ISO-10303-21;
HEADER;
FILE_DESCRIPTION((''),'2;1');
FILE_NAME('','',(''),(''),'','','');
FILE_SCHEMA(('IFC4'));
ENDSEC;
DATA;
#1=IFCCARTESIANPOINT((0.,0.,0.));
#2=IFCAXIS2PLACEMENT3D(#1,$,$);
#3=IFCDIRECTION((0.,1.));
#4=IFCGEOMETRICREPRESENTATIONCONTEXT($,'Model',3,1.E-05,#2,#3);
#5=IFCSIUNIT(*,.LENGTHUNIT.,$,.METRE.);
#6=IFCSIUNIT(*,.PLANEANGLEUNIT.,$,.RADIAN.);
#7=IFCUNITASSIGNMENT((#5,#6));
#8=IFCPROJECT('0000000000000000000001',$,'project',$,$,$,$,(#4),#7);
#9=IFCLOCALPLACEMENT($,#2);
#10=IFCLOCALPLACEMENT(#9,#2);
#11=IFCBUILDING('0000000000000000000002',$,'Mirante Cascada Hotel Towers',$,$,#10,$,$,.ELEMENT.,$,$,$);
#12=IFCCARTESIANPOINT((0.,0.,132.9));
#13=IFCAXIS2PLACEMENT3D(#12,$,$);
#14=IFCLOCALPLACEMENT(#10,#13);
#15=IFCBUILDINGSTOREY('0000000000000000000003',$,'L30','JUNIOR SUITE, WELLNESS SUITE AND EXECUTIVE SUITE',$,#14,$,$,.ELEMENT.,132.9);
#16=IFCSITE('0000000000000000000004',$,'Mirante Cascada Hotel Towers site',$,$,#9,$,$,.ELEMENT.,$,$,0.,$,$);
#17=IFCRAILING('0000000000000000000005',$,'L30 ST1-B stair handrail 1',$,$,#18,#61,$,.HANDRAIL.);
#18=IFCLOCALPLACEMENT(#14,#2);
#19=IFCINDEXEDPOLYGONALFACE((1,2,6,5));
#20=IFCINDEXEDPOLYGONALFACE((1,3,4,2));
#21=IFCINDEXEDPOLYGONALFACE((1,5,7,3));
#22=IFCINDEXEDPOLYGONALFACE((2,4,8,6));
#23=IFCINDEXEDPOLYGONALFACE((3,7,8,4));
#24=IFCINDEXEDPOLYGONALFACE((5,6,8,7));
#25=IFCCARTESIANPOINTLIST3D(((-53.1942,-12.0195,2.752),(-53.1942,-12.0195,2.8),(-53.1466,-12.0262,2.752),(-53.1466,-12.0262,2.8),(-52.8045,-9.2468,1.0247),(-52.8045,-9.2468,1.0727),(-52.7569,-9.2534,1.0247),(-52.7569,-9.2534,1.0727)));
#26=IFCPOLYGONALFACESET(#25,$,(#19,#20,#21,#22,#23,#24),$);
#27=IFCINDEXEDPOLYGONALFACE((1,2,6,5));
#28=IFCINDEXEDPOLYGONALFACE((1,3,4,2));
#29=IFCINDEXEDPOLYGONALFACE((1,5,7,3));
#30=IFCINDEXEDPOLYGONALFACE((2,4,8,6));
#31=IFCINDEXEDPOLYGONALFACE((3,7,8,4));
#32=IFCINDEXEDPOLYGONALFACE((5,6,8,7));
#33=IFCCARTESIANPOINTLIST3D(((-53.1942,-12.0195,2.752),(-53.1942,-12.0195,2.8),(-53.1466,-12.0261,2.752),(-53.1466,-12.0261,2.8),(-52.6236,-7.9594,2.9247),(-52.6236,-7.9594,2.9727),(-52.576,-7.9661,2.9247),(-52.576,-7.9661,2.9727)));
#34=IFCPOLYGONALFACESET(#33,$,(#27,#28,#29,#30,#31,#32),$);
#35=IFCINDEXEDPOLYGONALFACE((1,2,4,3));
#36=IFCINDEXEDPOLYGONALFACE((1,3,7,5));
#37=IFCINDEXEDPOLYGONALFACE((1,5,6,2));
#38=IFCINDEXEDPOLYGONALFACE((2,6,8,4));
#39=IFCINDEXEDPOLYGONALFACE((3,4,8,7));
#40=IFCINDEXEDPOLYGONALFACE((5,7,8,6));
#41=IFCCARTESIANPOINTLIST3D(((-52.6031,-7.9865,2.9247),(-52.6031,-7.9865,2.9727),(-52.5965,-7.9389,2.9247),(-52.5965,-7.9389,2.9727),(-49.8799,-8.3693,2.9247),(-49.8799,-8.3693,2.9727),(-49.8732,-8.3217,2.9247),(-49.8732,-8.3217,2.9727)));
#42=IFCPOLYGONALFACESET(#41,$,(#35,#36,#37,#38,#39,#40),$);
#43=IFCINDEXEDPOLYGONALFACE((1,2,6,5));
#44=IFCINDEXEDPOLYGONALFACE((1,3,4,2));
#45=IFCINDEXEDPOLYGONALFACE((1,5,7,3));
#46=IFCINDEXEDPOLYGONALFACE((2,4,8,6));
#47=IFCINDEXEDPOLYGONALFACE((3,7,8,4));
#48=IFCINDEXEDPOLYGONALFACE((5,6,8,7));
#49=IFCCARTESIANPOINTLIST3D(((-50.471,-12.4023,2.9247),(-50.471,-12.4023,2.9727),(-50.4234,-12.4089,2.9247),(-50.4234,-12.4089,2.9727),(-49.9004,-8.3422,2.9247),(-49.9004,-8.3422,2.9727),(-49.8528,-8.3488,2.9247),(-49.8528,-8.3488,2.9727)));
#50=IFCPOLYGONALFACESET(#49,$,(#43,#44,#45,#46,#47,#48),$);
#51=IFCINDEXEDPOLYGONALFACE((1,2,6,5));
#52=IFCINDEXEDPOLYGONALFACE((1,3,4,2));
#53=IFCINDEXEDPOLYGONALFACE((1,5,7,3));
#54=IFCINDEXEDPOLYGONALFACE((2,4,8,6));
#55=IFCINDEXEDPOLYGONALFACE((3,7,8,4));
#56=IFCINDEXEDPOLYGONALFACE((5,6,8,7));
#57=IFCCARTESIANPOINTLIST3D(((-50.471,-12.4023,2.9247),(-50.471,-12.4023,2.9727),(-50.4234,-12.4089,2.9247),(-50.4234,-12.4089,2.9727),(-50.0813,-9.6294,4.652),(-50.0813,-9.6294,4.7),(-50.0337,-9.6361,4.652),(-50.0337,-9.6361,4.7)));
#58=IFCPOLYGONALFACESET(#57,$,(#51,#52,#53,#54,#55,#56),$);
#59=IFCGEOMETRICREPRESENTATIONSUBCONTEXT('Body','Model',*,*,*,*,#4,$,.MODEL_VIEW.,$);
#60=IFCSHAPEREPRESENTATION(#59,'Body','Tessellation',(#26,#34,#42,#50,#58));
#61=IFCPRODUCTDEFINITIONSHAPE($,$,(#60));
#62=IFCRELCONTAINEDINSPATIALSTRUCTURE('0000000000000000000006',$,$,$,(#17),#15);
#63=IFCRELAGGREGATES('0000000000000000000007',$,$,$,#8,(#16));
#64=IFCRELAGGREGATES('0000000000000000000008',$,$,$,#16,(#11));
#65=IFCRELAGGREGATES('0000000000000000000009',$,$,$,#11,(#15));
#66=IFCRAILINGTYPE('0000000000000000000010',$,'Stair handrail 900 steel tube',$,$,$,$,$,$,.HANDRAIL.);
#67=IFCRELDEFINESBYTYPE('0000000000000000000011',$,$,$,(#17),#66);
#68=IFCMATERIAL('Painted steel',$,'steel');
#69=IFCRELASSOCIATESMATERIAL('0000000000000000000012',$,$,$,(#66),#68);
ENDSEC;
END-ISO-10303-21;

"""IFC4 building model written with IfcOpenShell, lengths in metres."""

from ifc_helpers import new_model, si_unit, direction, frame, origin, origin_2d, place, context, subcontext, project, spatial, rectangle, extrude, material, type_object, element, save


model = new_model("IFC4")

# Units and contexts
model_context = context("Model", 3, precision=1e-05, world=origin(), true_north=direction((0.0, 1.0)))
body_context = subcontext(model_context, "Body", "Model", "MODEL_VIEW")
ifc_project = project(units=[si_unit("LENGTHUNIT", "METRE"), si_unit("PLANEANGLEUNIT", "RADIAN")], contexts=[model_context])

# Site, building, storey
site_placement = place(None, origin())
site = spatial("IfcSite", under=ifc_project, at=site_placement, Name="Mirante Cascada Hotel Towers site", CompositionType="ELEMENT", RefElevation=0.0)
building_placement = place(site_placement, origin())
building = spatial("IfcBuilding", under=site, at=building_placement, Name="Mirante Cascada Hotel Towers", CompositionType="ELEMENT")
storey_placement = place(building_placement, frame((0.0, 0.0, 132.9)))
storey = spatial("IfcBuildingStorey", under=building, at=storey_placement, Name="L30", Description="JUNIOR SUITE, WELLNESS SUITE AND EXECUTIVE SUITE", CompositionType="ELEMENT", Elevation=132.9)

# Railing
ifc_material_1 = material(Name="Painted steel", Category="steel")
railing_type_1 = type_object("IfcRailingType", Name="Stair handrail 900 steel tube", PredefinedType="HANDRAIL", material=ifc_material_1)
railing_1_placement = place(storey_placement, frame((-52.7807, -9.2501, 0.1727)))
element("IfcRailing", 1, at=railing_1_placement, inside=storey, type_object=railing_type_1, Name="L30 ST1-B stair handrail 1", PredefinedType="HANDRAIL", context=body_context, shape_type="SweptSolid", body=[
    extrude(rectangle(XDim=0.048, YDim=0.048, at=origin_2d()), frame((0.0, 0.0, 0.876), z_axis=(-0.139181, -0.990267, 0.0), x_axis=(0.990267, -0.139181, 0.0)), (0.0, 0.525035, 0.851081), 3.2899),
    extrude(rectangle(XDim=0.048, YDim=0.048, at=origin_2d()), frame((-0.3897, -2.7727, 2.6033), z_axis=(0.139171, 0.990268, 0.0), x_axis=(-0.990268, 0.139171, 0.0)), (0.0, 0.042085, 0.999114), 4.1036),
    extrude(rectangle(XDim=0.048, YDim=0.048, at=origin_2d()), frame((0.1809, 1.2874, 2.776), z_axis=(0.990264, -0.139201, 0.0), x_axis=(0.139201, 0.990264, 0.0)), (0.0, 0.0, 1.0), 2.75),
    extrude(rectangle(XDim=0.048, YDim=0.048, at=origin_2d()), frame((2.9041, 0.9046, 2.776), z_axis=(-0.139171, -0.990268, 0.0), x_axis=(0.990268, -0.139171, 0.0)), (0.0, 0.0, 1.0), 4.1),
    extrude(rectangle(XDim=0.048, YDim=0.048, at=origin_2d()), frame((2.3335, -3.1555, 2.776), z_axis=(0.139176, 0.990268, 0.0), x_axis=(-0.990268, 0.139176, 0.0)), (0.0, 0.525021, 0.851089), 3.29),
])

save(model, "model.ifc")
